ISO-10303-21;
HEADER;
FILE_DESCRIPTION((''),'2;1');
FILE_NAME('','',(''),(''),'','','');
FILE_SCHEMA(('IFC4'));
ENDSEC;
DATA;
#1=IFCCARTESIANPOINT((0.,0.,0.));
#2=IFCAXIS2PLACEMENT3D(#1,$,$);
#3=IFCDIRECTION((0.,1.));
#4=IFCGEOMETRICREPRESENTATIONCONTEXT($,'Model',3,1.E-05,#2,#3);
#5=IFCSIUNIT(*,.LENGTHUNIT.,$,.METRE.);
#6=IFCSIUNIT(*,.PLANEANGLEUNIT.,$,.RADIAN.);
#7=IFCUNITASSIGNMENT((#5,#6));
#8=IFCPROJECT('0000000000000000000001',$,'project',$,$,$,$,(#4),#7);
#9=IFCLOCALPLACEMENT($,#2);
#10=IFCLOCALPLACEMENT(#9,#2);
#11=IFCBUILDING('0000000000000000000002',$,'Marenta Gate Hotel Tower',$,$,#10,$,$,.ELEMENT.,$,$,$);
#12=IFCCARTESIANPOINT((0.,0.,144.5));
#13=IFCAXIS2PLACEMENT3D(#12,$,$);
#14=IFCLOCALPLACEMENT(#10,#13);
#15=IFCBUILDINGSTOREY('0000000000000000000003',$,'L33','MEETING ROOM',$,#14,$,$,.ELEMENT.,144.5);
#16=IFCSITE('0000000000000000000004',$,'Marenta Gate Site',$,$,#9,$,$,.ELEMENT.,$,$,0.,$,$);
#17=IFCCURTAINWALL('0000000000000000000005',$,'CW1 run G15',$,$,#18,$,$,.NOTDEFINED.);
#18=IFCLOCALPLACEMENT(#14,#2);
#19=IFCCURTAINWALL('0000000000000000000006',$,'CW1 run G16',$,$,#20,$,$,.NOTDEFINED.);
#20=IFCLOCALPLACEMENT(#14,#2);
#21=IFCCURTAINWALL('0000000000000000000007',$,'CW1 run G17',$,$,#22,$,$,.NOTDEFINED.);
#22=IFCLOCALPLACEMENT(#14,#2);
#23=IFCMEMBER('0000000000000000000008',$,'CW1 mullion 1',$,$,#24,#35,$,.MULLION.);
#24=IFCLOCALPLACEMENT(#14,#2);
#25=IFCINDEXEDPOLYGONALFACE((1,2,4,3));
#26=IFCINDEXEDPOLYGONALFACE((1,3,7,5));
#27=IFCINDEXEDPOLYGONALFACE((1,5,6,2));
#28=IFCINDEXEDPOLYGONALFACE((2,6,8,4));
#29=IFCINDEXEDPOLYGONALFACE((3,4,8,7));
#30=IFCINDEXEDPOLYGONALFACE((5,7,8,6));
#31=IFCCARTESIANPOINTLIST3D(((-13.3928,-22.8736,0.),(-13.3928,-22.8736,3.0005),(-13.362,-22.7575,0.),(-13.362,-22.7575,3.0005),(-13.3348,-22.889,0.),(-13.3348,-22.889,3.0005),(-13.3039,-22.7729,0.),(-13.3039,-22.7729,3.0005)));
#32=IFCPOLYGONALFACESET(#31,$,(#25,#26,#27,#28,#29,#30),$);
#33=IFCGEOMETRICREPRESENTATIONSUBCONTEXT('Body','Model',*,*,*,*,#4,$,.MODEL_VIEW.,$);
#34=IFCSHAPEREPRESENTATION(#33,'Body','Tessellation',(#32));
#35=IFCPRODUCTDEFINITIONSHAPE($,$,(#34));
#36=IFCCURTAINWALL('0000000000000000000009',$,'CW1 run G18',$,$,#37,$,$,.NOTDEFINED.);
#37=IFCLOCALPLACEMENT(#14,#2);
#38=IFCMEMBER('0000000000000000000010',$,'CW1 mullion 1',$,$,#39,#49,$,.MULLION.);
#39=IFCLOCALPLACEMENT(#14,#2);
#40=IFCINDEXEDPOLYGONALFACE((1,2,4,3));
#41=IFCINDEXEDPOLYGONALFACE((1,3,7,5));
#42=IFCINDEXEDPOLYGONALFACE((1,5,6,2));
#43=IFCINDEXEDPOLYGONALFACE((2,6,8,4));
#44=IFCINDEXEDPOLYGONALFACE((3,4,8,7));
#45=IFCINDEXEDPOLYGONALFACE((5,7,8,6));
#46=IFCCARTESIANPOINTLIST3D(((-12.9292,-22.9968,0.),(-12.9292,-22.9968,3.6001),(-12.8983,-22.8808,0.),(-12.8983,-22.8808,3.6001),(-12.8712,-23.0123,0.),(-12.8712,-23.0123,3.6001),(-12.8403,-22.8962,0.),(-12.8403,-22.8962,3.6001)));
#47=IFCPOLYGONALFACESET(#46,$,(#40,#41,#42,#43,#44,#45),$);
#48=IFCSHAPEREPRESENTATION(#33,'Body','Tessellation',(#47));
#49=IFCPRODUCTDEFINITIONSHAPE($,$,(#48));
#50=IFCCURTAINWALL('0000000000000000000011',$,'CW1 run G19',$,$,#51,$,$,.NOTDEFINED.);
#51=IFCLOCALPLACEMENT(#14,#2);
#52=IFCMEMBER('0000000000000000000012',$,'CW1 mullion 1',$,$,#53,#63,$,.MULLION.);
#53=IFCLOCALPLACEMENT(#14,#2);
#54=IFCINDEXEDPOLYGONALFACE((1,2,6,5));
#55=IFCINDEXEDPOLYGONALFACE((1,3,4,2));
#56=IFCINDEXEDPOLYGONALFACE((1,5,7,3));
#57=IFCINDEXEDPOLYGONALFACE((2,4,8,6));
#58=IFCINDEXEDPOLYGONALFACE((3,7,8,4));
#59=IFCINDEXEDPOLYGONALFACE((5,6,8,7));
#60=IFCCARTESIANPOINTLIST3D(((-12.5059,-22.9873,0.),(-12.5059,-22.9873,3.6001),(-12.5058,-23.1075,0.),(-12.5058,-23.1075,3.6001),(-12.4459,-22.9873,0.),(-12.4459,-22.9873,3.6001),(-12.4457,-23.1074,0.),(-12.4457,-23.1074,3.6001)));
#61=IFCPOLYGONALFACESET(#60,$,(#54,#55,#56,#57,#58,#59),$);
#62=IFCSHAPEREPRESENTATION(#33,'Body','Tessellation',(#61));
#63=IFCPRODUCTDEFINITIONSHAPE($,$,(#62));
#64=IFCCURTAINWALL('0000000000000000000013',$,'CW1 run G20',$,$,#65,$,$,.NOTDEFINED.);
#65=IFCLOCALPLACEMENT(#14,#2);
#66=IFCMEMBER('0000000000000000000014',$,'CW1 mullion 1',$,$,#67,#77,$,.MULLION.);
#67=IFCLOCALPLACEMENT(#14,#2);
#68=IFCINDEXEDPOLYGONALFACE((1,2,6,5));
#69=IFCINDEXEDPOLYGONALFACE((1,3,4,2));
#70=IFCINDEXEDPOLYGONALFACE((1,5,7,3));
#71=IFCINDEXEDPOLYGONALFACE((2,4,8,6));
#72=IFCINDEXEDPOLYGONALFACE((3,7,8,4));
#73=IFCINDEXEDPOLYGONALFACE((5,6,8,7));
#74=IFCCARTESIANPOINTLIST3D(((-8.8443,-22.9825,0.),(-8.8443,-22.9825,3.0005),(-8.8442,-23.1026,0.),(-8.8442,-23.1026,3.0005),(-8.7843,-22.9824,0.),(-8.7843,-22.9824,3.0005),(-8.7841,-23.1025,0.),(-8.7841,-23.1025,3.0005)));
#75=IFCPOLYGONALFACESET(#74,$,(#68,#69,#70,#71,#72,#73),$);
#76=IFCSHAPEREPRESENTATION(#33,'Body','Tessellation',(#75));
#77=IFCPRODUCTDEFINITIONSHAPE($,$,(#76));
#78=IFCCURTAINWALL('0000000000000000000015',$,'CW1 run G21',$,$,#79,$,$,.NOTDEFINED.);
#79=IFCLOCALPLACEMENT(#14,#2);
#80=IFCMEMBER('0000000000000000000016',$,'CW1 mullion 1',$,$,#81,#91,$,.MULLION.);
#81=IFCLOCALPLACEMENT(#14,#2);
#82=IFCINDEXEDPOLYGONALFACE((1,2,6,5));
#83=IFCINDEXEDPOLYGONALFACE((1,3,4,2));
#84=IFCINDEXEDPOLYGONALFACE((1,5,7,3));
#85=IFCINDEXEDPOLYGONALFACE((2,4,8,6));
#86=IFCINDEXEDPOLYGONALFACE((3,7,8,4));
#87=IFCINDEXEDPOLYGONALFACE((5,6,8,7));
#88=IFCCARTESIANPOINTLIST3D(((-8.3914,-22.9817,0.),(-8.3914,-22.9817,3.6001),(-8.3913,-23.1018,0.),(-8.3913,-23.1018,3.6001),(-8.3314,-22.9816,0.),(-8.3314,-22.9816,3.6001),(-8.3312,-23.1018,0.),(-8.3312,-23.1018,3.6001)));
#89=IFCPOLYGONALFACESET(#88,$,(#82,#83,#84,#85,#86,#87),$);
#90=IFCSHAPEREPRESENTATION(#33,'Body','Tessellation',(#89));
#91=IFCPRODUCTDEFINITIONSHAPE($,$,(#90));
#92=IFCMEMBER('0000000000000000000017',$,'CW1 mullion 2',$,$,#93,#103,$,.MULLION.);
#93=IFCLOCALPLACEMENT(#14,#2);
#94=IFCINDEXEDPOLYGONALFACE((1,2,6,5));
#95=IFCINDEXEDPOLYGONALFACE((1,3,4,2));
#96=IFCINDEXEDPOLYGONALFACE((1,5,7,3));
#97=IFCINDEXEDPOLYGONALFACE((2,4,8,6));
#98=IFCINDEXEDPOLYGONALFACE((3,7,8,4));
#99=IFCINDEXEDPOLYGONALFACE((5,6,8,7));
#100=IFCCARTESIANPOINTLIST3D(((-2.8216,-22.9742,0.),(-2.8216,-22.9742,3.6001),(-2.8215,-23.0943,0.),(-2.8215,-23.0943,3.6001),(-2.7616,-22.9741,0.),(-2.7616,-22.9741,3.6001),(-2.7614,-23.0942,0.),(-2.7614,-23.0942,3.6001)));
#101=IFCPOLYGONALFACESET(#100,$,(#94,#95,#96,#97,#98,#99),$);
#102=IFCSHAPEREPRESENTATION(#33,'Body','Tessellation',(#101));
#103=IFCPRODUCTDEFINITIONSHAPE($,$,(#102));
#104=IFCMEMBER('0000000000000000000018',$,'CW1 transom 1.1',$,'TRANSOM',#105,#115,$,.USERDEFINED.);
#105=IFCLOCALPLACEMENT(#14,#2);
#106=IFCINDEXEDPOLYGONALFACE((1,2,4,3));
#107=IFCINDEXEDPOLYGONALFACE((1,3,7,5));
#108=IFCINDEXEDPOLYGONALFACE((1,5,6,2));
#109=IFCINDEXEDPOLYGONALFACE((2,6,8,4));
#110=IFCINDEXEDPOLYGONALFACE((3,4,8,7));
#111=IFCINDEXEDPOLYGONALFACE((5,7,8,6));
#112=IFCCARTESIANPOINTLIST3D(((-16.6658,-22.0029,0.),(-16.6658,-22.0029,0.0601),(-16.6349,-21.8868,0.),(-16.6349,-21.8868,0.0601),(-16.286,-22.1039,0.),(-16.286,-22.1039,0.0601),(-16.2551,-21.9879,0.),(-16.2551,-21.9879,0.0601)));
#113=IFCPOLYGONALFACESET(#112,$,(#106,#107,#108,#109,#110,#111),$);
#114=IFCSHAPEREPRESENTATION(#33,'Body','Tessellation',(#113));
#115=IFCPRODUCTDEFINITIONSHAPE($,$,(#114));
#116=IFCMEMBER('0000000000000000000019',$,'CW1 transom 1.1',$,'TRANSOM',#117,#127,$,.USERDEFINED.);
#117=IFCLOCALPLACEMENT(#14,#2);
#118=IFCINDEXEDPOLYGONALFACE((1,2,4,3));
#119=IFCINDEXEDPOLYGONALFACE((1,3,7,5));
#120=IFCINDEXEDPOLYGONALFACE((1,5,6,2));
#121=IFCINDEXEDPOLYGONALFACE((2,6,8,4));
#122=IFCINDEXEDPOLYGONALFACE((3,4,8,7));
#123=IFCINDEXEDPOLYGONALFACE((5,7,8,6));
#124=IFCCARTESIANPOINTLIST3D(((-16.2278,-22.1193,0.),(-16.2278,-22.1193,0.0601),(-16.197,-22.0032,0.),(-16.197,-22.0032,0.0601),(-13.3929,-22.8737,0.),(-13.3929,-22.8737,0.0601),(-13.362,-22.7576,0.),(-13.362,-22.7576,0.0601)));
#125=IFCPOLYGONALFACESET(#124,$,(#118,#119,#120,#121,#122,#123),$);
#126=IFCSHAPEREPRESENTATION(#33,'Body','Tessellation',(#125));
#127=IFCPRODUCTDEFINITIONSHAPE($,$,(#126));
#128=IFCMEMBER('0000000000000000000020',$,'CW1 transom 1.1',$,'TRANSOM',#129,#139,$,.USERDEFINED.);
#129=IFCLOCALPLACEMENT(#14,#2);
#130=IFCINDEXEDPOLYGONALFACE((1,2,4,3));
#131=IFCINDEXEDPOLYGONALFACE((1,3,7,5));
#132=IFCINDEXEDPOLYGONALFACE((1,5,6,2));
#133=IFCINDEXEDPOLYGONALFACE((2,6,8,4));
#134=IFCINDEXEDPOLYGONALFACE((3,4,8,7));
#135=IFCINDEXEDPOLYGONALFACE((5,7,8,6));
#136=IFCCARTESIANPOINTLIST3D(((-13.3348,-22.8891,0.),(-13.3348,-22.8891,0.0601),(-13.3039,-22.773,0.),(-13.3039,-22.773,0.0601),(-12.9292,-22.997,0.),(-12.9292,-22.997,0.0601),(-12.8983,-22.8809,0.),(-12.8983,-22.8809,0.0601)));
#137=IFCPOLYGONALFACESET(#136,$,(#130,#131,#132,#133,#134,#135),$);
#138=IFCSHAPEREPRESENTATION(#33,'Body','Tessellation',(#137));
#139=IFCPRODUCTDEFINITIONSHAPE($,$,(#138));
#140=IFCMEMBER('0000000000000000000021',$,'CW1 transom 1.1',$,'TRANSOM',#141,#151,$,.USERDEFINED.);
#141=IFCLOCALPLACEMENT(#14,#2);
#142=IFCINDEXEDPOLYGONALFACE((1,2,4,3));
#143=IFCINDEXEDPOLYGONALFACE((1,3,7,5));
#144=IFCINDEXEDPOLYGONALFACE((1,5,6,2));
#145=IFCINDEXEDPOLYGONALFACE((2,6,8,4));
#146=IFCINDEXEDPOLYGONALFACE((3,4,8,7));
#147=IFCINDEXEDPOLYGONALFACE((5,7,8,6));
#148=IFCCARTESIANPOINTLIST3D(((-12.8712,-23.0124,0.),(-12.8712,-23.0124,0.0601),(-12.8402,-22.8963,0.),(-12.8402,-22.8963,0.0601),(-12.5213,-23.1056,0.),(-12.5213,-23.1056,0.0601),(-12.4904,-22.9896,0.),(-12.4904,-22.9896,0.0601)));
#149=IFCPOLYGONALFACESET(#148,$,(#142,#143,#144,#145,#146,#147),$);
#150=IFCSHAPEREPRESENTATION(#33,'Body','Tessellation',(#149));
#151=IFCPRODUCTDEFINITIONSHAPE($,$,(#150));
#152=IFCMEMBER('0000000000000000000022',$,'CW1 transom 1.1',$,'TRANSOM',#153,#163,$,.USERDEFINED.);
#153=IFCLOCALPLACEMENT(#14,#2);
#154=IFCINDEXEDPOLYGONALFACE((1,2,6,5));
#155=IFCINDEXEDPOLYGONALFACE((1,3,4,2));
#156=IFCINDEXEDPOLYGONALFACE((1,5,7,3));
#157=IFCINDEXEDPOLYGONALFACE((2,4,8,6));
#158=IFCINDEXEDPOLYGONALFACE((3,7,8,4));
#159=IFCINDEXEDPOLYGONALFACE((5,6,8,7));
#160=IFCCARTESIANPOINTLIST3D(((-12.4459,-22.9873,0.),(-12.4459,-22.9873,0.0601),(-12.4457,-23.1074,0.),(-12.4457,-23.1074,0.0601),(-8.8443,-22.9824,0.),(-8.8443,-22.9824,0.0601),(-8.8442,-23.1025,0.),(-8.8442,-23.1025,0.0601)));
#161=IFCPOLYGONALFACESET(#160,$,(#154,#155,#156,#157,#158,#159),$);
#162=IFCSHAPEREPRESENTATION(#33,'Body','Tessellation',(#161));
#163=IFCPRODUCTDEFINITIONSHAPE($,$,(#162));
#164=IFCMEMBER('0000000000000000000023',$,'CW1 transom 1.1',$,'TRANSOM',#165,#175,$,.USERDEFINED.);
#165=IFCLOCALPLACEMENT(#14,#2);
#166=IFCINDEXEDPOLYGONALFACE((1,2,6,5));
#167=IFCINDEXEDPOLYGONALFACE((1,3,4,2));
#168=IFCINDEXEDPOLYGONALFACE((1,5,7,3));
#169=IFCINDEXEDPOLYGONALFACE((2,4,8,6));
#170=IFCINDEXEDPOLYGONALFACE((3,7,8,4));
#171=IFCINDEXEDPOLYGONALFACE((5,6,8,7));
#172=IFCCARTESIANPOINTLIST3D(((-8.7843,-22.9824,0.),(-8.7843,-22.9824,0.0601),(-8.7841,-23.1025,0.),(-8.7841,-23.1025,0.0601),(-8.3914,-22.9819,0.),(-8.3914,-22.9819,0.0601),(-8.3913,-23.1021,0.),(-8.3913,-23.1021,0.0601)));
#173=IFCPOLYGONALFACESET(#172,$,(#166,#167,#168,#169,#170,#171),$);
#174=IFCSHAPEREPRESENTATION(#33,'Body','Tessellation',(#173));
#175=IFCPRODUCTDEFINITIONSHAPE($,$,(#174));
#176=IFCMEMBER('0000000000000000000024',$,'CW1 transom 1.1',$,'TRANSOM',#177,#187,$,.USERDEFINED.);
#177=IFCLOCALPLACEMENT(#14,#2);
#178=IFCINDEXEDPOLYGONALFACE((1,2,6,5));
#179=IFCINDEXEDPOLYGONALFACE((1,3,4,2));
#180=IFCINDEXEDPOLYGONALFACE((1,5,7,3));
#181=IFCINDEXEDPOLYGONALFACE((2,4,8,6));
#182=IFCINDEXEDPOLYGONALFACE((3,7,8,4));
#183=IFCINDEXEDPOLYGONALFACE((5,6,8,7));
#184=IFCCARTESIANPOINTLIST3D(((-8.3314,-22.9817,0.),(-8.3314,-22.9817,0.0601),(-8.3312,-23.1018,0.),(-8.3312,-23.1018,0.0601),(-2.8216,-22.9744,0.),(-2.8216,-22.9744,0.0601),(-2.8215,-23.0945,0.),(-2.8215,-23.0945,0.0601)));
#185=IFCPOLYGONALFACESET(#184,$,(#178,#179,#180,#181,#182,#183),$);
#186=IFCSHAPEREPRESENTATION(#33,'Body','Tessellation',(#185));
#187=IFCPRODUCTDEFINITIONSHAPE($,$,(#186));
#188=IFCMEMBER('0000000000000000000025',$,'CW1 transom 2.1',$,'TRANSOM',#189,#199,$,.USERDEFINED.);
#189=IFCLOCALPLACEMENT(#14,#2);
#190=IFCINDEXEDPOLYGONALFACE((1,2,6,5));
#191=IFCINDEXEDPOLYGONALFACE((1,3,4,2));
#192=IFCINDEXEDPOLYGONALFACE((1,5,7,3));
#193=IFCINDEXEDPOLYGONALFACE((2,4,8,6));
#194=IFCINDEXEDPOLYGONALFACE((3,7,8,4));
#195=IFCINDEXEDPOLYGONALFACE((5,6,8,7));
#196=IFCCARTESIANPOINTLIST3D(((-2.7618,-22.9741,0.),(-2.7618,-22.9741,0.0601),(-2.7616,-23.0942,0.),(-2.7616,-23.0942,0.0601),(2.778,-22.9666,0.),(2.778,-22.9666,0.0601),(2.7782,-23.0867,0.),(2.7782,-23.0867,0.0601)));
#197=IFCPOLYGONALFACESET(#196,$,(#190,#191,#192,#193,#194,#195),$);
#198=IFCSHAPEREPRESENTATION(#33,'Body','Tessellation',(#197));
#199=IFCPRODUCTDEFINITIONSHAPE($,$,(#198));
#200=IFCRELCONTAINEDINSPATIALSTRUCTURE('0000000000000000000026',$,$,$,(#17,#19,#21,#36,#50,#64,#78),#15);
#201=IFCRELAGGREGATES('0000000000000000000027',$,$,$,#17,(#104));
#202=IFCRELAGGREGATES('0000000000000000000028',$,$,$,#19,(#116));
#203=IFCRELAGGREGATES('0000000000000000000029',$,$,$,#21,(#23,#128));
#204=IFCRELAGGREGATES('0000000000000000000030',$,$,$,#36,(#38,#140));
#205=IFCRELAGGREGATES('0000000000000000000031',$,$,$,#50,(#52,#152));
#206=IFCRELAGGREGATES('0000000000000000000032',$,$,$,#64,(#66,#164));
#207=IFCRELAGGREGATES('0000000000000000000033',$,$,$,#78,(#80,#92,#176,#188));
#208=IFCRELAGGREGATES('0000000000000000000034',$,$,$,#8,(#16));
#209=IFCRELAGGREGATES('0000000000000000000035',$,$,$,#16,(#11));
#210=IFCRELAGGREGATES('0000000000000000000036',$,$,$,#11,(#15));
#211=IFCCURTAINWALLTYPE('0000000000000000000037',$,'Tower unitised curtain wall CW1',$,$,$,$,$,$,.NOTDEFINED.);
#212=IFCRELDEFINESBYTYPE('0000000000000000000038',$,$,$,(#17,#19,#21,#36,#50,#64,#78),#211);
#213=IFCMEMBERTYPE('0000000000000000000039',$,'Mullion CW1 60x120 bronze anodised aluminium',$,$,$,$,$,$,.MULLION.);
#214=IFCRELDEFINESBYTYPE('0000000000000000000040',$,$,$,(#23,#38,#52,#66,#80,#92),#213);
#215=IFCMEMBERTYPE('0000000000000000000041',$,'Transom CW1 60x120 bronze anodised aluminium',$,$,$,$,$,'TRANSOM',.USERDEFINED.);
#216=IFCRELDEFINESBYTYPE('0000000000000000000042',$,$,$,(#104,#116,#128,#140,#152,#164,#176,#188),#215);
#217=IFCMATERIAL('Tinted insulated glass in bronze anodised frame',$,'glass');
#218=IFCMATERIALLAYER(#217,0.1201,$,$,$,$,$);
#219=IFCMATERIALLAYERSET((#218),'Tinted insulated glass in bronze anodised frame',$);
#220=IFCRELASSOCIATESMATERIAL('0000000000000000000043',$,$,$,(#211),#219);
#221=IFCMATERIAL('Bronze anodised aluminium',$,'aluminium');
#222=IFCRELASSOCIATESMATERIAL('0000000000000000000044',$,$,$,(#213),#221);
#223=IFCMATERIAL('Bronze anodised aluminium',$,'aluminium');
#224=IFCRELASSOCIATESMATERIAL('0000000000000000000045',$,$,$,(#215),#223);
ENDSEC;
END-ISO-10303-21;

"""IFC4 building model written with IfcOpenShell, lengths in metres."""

from ifc_helpers import new_model, si_unit, direction, frame, origin, origin_2d, place, context, subcontext, project, spatial, rectangle, extrude, material, layer, layer_set, material_profile, profile_set, type_object, element, aggregate, save


model = new_model("IFC4")

# Units and contexts
model_context = context("Model", 3, precision=1e-05, world=origin(), true_north=direction((0.0, 1.0)))
body_context = subcontext(model_context, "Body", "Model", "MODEL_VIEW")
ifc_project = project(units=[si_unit("LENGTHUNIT", "METRE"), si_unit("PLANEANGLEUNIT", "RADIAN")], contexts=[model_context])

# Site, building, storey
site_placement = place(None, origin())
site = spatial("IfcSite", under=ifc_project, at=site_placement, Name="Marenta Gate Site", CompositionType="ELEMENT", RefElevation=0.0)
building_placement = place(site_placement, origin())
building = spatial("IfcBuilding", under=site, at=building_placement, Name="Marenta Gate Hotel Tower", CompositionType="ELEMENT")
storey_placement = place(building_placement, frame((0.0, 0.0, 144.5)))
storey = spatial("IfcBuildingStorey", under=building, at=storey_placement, Name="L33", Description="MEETING ROOM", CompositionType="ELEMENT", Elevation=144.5)

# Curtain walls, members
ifc_material_1 = material(Name="Tinted insulated glass in bronze anodised frame", Category="glass")
ifc_layer_1 = layer(ifc_material_1, 0.1201)
ifc_layer_set_1 = layer_set([ifc_layer_1], Name="Tinted insulated glass in bronze anodised frame")
curtain_wall_type = type_object("IfcCurtainWallType", Name="Tower unitised curtain wall CW1", PredefinedType="NOTDEFINED", material=ifc_layer_set_1)
curtain_wall_1_placement = place(storey_placement, origin())
curtain_wall_1 = element("IfcCurtainWall", 1, at=curtain_wall_1_placement, inside=storey, type_object=curtain_wall_type, Name="CW1 run G15", PredefinedType="NOTDEFINED")
ifc_material_2 = material(Name="Bronze anodised aluminium", Category="aluminium")
ifc_material_profile_1 = material_profile(ifc_material_2, rectangle(XDim=0.1201, YDim=0.0601, at=origin_2d()), Name="Mullion CW1 60x120 bronze anodised aluminium")
ifc_profile_set_1 = profile_set([ifc_material_profile_1], Name="Bronze anodised aluminium")
member_type_1 = type_object("IfcMemberType", Name="Mullion CW1 60x120 bronze anodised aluminium", PredefinedType="MULLION", material=ifc_profile_set_1)
curtain_wall_2_placement = place(storey_placement, origin())
curtain_wall_2 = element("IfcCurtainWall", 2, at=curtain_wall_2_placement, inside=storey, type_object=curtain_wall_type, Name="CW1 run G16", PredefinedType="NOTDEFINED")
curtain_wall_3_placement = place(storey_placement, origin())
curtain_wall_3 = element("IfcCurtainWall", 3, at=curtain_wall_3_placement, inside=storey, type_object=curtain_wall_type, Name="CW1 run G17", PredefinedType="NOTDEFINED")
member_1_placement = place(storey_placement, frame((-13.3484, -22.8232, 0.0), z_axis=(0.0, 0.0, 1.0), x_axis=(0.257027, 0.966404, 0.0)))
member_1 = element("IfcMember", 4, at=member_1_placement, type_object=member_type_1, Name="CW1 mullion 1", PredefinedType="MULLION", context=body_context, shape_type="SweptSolid", body=[
    extrude(rectangle(XDim=0.1201, YDim=0.0601, at=origin_2d()), origin(), (0.0, 0.0, 1.0), 3.0005),
])
curtain_wall_4_placement = place(storey_placement, origin())
curtain_wall_4 = element("IfcCurtainWall", 5, at=curtain_wall_4_placement, inside=storey, type_object=curtain_wall_type, Name="CW1 run G18", PredefinedType="NOTDEFINED")
member_2_placement = place(storey_placement, frame((-12.8848, -22.9465, 0.0), z_axis=(0.0, 0.0, 1.0), x_axis=(0.257279, 0.966337, 0.0)))
member_2 = element("IfcMember", 6, at=member_2_placement, type_object=member_type_1, Name="CW1 mullion 1", PredefinedType="MULLION", context=body_context, shape_type="SweptSolid", body=[
    extrude(rectangle(XDim=0.1201, YDim=0.0601, at=origin_2d()), origin(), (0.0, 0.0, 1.0), 3.6001),
])
curtain_wall_5_placement = place(storey_placement, origin())
curtain_wall_5 = element("IfcCurtainWall", 7, at=curtain_wall_5_placement, inside=storey, type_object=curtain_wall_type, Name="CW1 run G19", PredefinedType="NOTDEFINED")
member_3_placement = place(storey_placement, frame((-12.4758, -23.0474, 0.0), z_axis=(0.0, 0.0, 1.0), x_axis=(-0.001366, 0.999999, 0.0)))
member_3 = element("IfcMember", 8, at=member_3_placement, type_object=member_type_1, Name="CW1 mullion 1", PredefinedType="MULLION", context=body_context, shape_type="SweptSolid", body=[
    extrude(rectangle(XDim=0.1201, YDim=0.0601, at=origin_2d()), origin(), (0.0, 0.0, 1.0), 3.6001),
])
curtain_wall_6_placement = place(storey_placement, origin())
curtain_wall_6 = element("IfcCurtainWall", 9, at=curtain_wall_6_placement, inside=storey, type_object=curtain_wall_type, Name="CW1 run G20", PredefinedType="NOTDEFINED")
member_4_placement = place(storey_placement, frame((-8.8142, -23.0425, 0.0), z_axis=(0.0, 0.0, 1.0), x_axis=(-0.001325, 0.999999, 0.0)))
member_4 = element("IfcMember", 10, at=member_4_placement, type_object=member_type_1, Name="CW1 mullion 1", PredefinedType="MULLION", context=body_context, shape_type="SweptSolid", body=[
    extrude(rectangle(XDim=0.1201, YDim=0.0601, at=origin_2d()), origin(), (0.0, 0.0, 1.0), 3.0005),
])

# Curtain wall, members
curtain_wall_7_placement = place(storey_placement, origin())
curtain_wall_7 = element("IfcCurtainWall", 11, at=curtain_wall_7_placement, inside=storey, type_object=curtain_wall_type, Name="CW1 run G21", PredefinedType="NOTDEFINED")
member_5_placement = place(storey_placement, frame((-8.3613, -23.0417, 0.0), z_axis=(0.0, 0.0, 1.0), x_axis=(-0.001363, 0.999999, 0.0)))
member_5 = element("IfcMember", 12, at=member_5_placement, type_object=member_type_1, Name="CW1 mullion 1", PredefinedType="MULLION", context=body_context, shape_type="SweptSolid", body=[
    extrude(rectangle(XDim=0.1201, YDim=0.0601, at=origin_2d()), origin(), (0.0, 0.0, 1.0), 3.6001),
])
member_6_placement = place(storey_placement, frame((-2.7915, -23.0342, 0.0), z_axis=(0.0, 0.0, 1.0), x_axis=(-0.001363, 0.999999, 0.0)))
member_6 = element("IfcMember", 13, at=member_6_placement, type_object=member_type_1, Name="CW1 mullion 2", PredefinedType="MULLION", context=body_context, shape_type="SweptSolid", body=[
    extrude(rectangle(XDim=0.1201, YDim=0.0601, at=origin_2d()), origin(), (0.0, 0.0, 1.0), 3.6001),
])

# Members
ifc_material_3 = material(Name="Bronze anodised aluminium", Category="aluminium")
ifc_material_profile_2 = material_profile(ifc_material_3, rectangle(XDim=0.1201, YDim=0.0601, at=origin_2d()), Name="Transom CW1 60x120 bronze anodised aluminium")
ifc_profile_set_2 = profile_set([ifc_material_profile_2], Name="Bronze anodised aluminium")
member_type_2 = type_object("IfcMemberType", Name="Transom CW1 60x120 bronze anodised aluminium", ElementType="TRANSOM", PredefinedType="USERDEFINED", material=ifc_profile_set_2)
member_7_placement = place(storey_placement, frame((-16.6504, -21.9448, 0.03), z_axis=(0.966379, -0.257121, 0.0), x_axis=(0.257121, 0.966379, 0.0)))
member_7 = element("IfcMember", 14, at=member_7_placement, type_object=member_type_2, Name="CW1 transom 1.1", ObjectType="TRANSOM", PredefinedType="USERDEFINED", context=body_context, shape_type="SweptSolid", body=[
    extrude(rectangle(XDim=0.1201, YDim=0.0601, at=origin_2d()), origin(), (0.0, 0.0, 1.0), 0.3931),
])
member_8_placement = place(storey_placement, frame((-16.2124, -22.0613, 0.03), z_axis=(0.96637, -0.257155, 0.0), x_axis=(0.257155, 0.96637, 0.0)))
member_8 = element("IfcMember", 15, at=member_8_placement, type_object=member_type_2, Name="CW1 transom 1.1", ObjectType="TRANSOM", PredefinedType="USERDEFINED", context=body_context, shape_type="SweptSolid", body=[
    extrude(rectangle(XDim=0.1201, YDim=0.0601, at=origin_2d()), origin(), (0.0, 0.0, 1.0), 2.9336),
])
member_9_placement = place(storey_placement, frame((-13.3193, -22.8311, 0.03), z_axis=(0.96637, -0.257156, 0.0), x_axis=(0.257156, 0.96637, 0.0)))
member_9 = element("IfcMember", 16, at=member_9_placement, type_object=member_type_2, Name="CW1 transom 1.1", ObjectType="TRANSOM", PredefinedType="USERDEFINED", context=body_context, shape_type="SweptSolid", body=[
    extrude(rectangle(XDim=0.1201, YDim=0.0601, at=origin_2d()), origin(), (0.0, 0.0, 1.0), 0.4197),
])
member_10_placement = place(storey_placement, frame((-12.8557, -22.9543, 0.03), z_axis=(0.966257, -0.257579, 0.0), x_axis=(0.257579, 0.966257, 0.0)))
member_10 = element("IfcMember", 17, at=member_10_placement, type_object=member_type_2, Name="CW1 transom 1.1", ObjectType="TRANSOM", PredefinedType="USERDEFINED", context=body_context, shape_type="SweptSolid", body=[
    extrude(rectangle(XDim=0.1201, YDim=0.0601, at=origin_2d()), origin(), (0.0, 0.0, 1.0), 0.3621),
])
member_11_placement = place(storey_placement, frame((-12.4458, -23.0474, 0.03), z_axis=(0.999999, 0.001356, 0.0), x_axis=(-0.001356, 0.999999, 0.0)))
member_11 = element("IfcMember", 18, at=member_11_placement, type_object=member_type_2, Name="CW1 transom 1.1", ObjectType="TRANSOM", PredefinedType="USERDEFINED", context=body_context, shape_type="SweptSolid", body=[
    extrude(rectangle(XDim=0.1201, YDim=0.0601, at=origin_2d()), origin(), (0.0, 0.0, 1.0), 3.6016),
])
member_12_placement = place(storey_placement, frame((-8.7842, -23.0425, 0.03), z_axis=(0.999999, 0.001243, 0.0), x_axis=(-0.001243, 0.999999, 0.0)))
member_12 = element("IfcMember", 19, at=member_12_placement, type_object=member_type_2, Name="CW1 transom 1.1", ObjectType="TRANSOM", PredefinedType="USERDEFINED", context=body_context, shape_type="SweptSolid", body=[
    extrude(rectangle(XDim=0.1201, YDim=0.0601, at=origin_2d()), origin(), (0.0, 0.0, 1.0), 0.3928),
])
member_13_placement = place(storey_placement, frame((-8.3313, -23.0417, 0.03), z_axis=(0.999999, 0.001329, 0.0), x_axis=(-0.001329, 0.999999, 0.0)))
member_13 = element("IfcMember", 20, at=member_13_placement, type_object=member_type_2, Name="CW1 transom 1.1", ObjectType="TRANSOM", PredefinedType="USERDEFINED", context=body_context, shape_type="SweptSolid", body=[
    extrude(rectangle(XDim=0.1201, YDim=0.0601, at=origin_2d()), origin(), (0.0, 0.0, 1.0), 5.5098),
])
member_14_placement = place(storey_placement, frame((-2.7617, -23.0342, 0.03), z_axis=(0.999999, 0.001366, 0.0), x_axis=(-0.001366, 0.999999, 0.0)))
member_14 = element("IfcMember", 21, at=member_14_placement, type_object=member_type_2, Name="CW1 transom 2.1", ObjectType="TRANSOM", PredefinedType="USERDEFINED", context=body_context, shape_type="SweptSolid", body=[
    extrude(rectangle(XDim=0.1201, YDim=0.0601, at=origin_2d()), origin(), (0.0, 0.0, 1.0), 5.5398),
])

aggregate(curtain_wall_1, [member_7])
aggregate(curtain_wall_2, [member_8])
aggregate(curtain_wall_3, [member_1, member_9])
aggregate(curtain_wall_4, [member_2, member_10])
aggregate(curtain_wall_5, [member_3, member_11])
aggregate(curtain_wall_6, [member_4, member_12])
aggregate(curtain_wall_7, [member_5, member_6, member_13, member_14])

save(model, "model.ifc")
